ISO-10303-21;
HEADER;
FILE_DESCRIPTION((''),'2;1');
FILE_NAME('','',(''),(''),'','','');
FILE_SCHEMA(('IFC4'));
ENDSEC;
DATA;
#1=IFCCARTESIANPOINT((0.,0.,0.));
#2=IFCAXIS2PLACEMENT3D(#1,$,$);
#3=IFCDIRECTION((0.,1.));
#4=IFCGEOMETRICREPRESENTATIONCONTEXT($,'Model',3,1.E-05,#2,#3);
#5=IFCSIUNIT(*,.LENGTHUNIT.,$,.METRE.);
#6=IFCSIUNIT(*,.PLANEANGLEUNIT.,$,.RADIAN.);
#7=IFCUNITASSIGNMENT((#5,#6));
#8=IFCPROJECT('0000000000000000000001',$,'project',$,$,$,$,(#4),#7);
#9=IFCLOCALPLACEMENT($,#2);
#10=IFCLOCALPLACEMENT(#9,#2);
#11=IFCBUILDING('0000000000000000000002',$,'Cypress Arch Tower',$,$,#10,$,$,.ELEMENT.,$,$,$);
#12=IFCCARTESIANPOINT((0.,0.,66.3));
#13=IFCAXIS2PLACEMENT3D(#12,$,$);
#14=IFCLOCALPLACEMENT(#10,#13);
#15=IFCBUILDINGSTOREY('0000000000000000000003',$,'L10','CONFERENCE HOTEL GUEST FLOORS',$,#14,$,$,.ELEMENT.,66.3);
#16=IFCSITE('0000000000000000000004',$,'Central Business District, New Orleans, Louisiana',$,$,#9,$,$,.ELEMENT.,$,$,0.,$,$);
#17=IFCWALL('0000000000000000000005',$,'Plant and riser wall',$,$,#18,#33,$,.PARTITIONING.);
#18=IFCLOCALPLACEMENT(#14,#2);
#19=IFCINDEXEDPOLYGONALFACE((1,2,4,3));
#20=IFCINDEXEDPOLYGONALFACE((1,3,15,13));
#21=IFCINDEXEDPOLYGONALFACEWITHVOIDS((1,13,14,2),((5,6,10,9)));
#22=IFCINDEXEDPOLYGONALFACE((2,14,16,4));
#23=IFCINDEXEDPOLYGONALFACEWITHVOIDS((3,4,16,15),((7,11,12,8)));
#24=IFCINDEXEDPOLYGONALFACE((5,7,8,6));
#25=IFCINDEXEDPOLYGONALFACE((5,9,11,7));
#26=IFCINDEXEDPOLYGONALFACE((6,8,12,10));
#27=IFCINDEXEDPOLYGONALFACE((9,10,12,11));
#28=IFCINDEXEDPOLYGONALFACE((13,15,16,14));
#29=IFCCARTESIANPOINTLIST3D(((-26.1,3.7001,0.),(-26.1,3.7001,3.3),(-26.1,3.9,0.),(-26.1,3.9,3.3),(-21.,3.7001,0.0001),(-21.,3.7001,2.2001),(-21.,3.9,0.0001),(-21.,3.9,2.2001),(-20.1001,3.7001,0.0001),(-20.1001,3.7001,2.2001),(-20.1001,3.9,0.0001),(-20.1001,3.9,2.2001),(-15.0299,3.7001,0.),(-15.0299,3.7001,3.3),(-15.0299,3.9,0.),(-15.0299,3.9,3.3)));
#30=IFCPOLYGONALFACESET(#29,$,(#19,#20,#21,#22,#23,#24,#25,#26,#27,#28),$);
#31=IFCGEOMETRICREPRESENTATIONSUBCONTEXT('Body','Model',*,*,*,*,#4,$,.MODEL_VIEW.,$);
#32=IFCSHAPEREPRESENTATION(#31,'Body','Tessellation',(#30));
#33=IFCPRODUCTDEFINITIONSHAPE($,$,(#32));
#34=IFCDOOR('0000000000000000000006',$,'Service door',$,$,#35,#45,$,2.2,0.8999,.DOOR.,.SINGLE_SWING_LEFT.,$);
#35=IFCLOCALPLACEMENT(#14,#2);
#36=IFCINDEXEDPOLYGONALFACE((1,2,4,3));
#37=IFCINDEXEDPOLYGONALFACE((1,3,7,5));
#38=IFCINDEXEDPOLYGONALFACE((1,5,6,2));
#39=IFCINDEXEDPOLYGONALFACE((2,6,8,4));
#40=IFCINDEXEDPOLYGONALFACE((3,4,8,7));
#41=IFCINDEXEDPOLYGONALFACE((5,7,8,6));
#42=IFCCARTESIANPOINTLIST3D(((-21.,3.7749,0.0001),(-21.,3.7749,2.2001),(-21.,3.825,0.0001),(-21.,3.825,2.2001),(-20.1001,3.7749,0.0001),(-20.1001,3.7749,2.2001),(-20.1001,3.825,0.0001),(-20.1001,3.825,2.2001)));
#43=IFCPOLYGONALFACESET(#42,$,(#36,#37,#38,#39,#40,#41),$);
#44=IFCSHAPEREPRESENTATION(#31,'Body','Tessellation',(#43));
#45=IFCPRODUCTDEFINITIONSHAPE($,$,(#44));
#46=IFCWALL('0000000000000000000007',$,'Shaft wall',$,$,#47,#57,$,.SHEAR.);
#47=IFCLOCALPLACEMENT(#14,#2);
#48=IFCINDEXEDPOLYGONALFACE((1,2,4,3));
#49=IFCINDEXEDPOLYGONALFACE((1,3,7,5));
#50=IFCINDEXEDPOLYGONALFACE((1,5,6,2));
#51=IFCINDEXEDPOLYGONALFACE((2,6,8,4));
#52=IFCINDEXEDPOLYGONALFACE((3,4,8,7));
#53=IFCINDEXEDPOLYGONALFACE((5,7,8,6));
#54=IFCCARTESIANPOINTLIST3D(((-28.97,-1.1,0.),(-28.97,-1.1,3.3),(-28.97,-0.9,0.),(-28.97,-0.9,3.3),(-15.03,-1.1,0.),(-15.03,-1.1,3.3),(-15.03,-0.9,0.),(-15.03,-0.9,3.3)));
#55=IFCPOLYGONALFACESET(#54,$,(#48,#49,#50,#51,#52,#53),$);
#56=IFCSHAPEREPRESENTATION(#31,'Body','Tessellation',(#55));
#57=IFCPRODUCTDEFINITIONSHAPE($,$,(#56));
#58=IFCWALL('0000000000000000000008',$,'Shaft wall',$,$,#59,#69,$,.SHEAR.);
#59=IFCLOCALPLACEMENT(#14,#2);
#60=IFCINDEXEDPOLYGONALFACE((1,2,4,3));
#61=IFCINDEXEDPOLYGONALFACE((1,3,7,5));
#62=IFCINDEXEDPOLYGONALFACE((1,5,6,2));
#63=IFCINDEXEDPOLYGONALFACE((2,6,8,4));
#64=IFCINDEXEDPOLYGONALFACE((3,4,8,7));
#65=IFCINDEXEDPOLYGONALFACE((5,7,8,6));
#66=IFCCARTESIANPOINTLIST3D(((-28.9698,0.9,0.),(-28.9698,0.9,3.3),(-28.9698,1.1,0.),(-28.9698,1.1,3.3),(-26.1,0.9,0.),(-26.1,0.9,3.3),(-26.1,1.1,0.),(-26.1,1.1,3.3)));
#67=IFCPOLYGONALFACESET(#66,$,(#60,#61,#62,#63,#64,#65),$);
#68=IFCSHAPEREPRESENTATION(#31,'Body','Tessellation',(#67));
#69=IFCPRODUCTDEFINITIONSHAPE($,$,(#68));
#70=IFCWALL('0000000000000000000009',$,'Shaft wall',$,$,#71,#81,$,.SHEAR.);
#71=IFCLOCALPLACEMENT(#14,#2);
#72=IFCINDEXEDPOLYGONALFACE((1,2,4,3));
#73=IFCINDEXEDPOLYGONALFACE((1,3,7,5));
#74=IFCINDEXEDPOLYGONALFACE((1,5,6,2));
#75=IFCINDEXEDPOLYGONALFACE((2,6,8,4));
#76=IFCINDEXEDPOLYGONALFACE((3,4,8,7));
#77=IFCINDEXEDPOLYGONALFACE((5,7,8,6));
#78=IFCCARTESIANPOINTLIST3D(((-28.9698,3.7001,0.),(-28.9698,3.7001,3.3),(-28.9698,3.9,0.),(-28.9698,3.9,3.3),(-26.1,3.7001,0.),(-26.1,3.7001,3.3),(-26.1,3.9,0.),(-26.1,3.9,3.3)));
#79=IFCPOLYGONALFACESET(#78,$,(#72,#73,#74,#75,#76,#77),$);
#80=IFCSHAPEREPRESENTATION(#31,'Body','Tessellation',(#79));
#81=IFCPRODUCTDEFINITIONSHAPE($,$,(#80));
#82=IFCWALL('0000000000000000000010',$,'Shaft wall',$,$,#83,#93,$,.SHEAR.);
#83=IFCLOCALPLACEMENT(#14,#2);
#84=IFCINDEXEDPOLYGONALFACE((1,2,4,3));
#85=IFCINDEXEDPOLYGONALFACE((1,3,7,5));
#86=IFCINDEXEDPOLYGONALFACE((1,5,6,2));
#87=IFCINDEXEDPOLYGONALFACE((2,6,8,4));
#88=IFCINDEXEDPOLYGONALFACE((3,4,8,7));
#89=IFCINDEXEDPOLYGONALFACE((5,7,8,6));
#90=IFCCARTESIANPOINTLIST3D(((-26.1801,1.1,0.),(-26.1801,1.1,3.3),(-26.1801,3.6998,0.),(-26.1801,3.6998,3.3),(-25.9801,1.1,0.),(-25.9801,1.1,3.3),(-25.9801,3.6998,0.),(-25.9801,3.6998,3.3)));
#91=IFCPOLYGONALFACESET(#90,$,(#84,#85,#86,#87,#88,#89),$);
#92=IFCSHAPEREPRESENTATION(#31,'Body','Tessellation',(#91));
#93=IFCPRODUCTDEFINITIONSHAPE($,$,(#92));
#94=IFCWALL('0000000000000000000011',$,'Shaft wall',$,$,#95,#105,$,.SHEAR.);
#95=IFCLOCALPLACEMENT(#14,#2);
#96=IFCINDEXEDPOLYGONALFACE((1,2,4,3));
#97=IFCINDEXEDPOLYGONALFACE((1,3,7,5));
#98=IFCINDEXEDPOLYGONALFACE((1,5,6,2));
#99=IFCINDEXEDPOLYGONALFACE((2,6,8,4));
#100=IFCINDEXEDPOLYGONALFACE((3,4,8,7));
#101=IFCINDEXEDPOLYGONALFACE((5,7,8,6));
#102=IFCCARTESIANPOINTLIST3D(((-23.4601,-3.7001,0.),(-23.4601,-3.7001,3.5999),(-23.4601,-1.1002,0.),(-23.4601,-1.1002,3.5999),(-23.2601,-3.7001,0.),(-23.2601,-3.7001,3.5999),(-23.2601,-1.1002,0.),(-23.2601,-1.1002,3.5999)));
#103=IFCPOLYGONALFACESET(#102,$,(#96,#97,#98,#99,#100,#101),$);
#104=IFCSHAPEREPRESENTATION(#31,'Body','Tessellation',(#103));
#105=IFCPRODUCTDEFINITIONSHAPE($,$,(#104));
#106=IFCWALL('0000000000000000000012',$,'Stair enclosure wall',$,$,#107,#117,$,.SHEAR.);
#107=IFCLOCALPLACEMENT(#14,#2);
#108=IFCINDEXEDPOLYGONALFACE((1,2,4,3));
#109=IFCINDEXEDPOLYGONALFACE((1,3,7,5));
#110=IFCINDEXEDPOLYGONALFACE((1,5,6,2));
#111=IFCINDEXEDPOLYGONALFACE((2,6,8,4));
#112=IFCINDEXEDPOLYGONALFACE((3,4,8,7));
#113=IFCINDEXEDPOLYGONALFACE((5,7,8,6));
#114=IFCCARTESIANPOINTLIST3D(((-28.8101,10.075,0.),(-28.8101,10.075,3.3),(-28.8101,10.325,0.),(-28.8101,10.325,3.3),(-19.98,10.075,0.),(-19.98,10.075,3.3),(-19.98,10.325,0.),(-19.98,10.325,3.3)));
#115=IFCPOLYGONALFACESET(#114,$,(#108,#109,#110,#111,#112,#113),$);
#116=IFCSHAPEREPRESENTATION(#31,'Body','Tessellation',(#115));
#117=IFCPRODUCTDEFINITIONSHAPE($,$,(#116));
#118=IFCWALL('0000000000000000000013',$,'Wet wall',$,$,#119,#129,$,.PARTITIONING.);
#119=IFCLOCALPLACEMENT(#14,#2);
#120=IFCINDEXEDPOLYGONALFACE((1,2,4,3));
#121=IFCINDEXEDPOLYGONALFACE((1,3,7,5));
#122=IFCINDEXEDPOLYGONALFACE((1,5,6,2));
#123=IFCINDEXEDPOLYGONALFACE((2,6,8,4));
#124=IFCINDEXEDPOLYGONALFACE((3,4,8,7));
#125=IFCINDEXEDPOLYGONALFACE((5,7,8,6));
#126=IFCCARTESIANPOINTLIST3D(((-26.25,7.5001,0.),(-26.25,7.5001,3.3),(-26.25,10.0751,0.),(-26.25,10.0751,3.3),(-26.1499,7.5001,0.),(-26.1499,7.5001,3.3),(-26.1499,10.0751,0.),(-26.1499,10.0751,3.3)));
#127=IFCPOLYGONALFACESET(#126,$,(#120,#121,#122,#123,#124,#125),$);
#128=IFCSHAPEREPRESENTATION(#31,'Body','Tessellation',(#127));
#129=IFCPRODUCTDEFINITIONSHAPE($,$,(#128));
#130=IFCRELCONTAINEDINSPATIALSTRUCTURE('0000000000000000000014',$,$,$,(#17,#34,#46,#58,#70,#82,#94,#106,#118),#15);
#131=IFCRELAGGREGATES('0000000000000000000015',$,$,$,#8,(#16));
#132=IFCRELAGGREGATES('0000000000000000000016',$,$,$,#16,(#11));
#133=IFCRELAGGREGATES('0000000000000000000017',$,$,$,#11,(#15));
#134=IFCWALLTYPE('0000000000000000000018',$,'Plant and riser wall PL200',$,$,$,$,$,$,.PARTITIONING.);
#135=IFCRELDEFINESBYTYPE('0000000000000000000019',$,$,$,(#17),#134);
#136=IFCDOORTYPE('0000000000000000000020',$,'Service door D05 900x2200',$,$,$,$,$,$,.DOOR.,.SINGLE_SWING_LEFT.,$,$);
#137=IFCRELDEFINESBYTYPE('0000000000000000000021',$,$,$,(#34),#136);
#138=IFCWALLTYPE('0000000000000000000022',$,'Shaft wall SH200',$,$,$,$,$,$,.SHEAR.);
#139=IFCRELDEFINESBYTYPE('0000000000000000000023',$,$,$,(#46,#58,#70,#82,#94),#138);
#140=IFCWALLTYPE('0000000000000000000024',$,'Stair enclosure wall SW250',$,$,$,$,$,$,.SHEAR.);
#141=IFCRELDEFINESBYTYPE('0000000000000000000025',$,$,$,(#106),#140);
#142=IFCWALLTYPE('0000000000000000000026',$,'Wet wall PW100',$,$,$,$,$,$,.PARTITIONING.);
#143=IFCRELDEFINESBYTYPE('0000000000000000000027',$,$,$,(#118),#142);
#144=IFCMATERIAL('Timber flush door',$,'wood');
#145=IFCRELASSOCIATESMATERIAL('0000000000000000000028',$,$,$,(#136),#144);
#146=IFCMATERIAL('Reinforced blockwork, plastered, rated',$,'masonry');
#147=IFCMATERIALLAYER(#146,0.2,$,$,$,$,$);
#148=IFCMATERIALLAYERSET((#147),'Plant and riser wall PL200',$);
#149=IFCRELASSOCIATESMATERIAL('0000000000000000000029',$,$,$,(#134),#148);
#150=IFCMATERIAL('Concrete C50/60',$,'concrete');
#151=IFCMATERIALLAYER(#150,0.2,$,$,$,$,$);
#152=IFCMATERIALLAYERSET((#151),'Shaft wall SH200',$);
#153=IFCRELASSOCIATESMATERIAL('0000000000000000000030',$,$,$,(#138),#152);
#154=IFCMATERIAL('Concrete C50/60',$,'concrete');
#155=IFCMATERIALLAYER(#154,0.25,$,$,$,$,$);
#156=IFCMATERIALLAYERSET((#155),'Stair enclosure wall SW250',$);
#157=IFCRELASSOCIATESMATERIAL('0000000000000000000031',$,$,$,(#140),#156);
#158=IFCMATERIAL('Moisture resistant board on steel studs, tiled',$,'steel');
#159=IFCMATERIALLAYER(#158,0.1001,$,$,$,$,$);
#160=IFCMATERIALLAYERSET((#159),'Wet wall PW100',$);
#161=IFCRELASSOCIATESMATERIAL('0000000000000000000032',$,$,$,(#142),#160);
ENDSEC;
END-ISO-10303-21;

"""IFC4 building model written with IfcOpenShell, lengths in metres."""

from ifc_helpers import new_model, si_unit, direction, frame, frame_2d, origin, place, context, subcontext, project, spatial, rectangle, extrude, material, layer, layer_set, type_object, element, fill, save


model = new_model("IFC4")

# Units and contexts
model_context = context("Model", 3, precision=1e-05, world=origin(), true_north=direction((0.0, 1.0)))
body_context = subcontext(model_context, "Body", "Model", "MODEL_VIEW")
ifc_project = project(units=[si_unit("LENGTHUNIT", "METRE"), si_unit("PLANEANGLEUNIT", "RADIAN")], contexts=[model_context])

# Site, building, storey
site_placement = place(None, origin())
site = spatial("IfcSite", under=ifc_project, at=site_placement, Name="Central Business District, New Orleans, Louisiana", CompositionType="ELEMENT", RefElevation=0.0)
building_placement = place(site_placement, origin())
building = spatial("IfcBuilding", under=site, at=building_placement, Name="Cypress Arch Tower", CompositionType="ELEMENT")
storey_placement = place(building_placement, frame((0.0, 0.0, 66.3)))
storey = spatial("IfcBuildingStorey", under=building, at=storey_placement, Name="L10", Description="CONFERENCE HOTEL GUEST FLOORS", CompositionType="ELEMENT", Elevation=66.3)

# Shared definitions
ifc_material_1 = material(Name="Timber flush door", Category="wood")
door_type_1 = type_object("IfcDoorType", Name="Service door D05 900x2200", OperationType="SINGLE_SWING_LEFT", PredefinedType="DOOR", material=ifc_material_1)

# Shared definitions
ifc_material_2 = material(Name="Reinforced blockwork, plastered, rated", Category="masonry")
ifc_layer_1 = layer(ifc_material_2, 0.2)
ifc_layer_set_1 = layer_set([ifc_layer_1], Name="Plant and riser wall PL200")
wall_type_1 = type_object("IfcWallType", Name="Plant and riser wall PL200", PredefinedType="PARTITIONING", material=ifc_layer_set_1)

# Wall, opening, door
wall_1_placement = place(storey_placement, frame((-26.1001, 3.8, 0.0), z_axis=(0.0, 0.0, 1.0), x_axis=(1.0, 0.0, 0.0)))
wall_1 = element("IfcWall", 1, at=wall_1_placement, inside=storey, type_object=wall_type_1, Name="Plant and riser wall", PredefinedType="PARTITIONING", context=body_context, shape_type="SweptSolid", body=[
    extrude(rectangle(XDim=11.0701, YDim=0.2, at=frame_2d((5.5352, 0.0))), origin(), (0.0, 0.0, 1.0), 3.3),
])
opening_1_placement = place(wall_1_placement, frame((5.1001, 0.0, 0.0)))
opening_1 = element("IfcOpeningElement", 2, at=opening_1_placement, cuts=wall_1, PredefinedType="OPENING", context=body_context, shape_type="SweptSolid", body=[
    extrude(rectangle(XDim=0.8999, YDim=2.2, at=frame_2d((0.45, 1.1001))), frame((0.0, 0.1099, 0.0), z_axis=(0.0, -1.0, 0.0), x_axis=(1.0, 0.0, 0.0)), (0.0, 0.0, 1.0), 0.22),
])
door_1_placement = place(opening_1_placement, origin())
door_1 = element("IfcDoor", 3, at=door_1_placement, inside=storey, type_object=door_type_1, Name="Service door", OperationType="SINGLE_SWING_LEFT", OverallHeight=2.2, OverallWidth=0.8999, PredefinedType="DOOR", context=body_context, shape_type="SweptSolid", body=[
    extrude(rectangle(XDim=0.8999, YDim=2.2, at=frame_2d((0.45, 1.1001))), frame((0.0, 0.0249, 0.0), z_axis=(0.0, -1.0, 0.0), x_axis=(1.0, 0.0, 0.0)), (0.0, 0.0, 1.0), 0.05),
])
fill(opening_1, door_1)

# Walls
ifc_material_3 = material(Name="Concrete C50/60", Category="concrete")
ifc_layer_2 = layer(ifc_material_3, 0.2)
ifc_layer_set_2 = layer_set([ifc_layer_2], Name="Shaft wall SH200")
wall_type_2 = type_object("IfcWallType", Name="Shaft wall SH200", PredefinedType="SHEAR", material=ifc_layer_set_2)
wall_2_placement = place(storey_placement, frame((-28.97, -1.0, 0.0), z_axis=(0.0, 0.0, 1.0), x_axis=(1.0, 0.0, 0.0)))
element("IfcWall", 4, at=wall_2_placement, inside=storey, type_object=wall_type_2, Name="Shaft wall", PredefinedType="SHEAR", context=body_context, shape_type="SweptSolid", body=[
    extrude(rectangle(XDim=13.9399, YDim=0.2, at=frame_2d((6.97, 0.0))), origin(), (0.0, 0.0, 1.0), 3.3),
])
for number, where, z_axis, x_axis, name in (
    (5, (-28.97, 1.0, 0.0), (0.0, 0.0, 1.0), (1.0, 0.0, 0.0), "Shaft wall"),
    (6, (-28.97, 3.8, 0.0), (0.0, 0.0, 1.0), (1.0, 0.0, 0.0), "Shaft wall"),
):
    element("IfcWall", number, at=place(storey_placement, frame(where, z_axis=z_axis, x_axis=x_axis)), inside=storey, type_object=wall_type_2, Name=name, PredefinedType="SHEAR", context=body_context, shape_type="SweptSolid", body=[
        extrude(rectangle(XDim=2.8699, YDim=0.2, at=frame_2d((1.4351, 0.0))), origin(), (0.0, 0.0, 1.0), 3.3),
    ])
wall_3_placement = place(storey_placement, frame((-26.0801, 1.1001, 0.0), z_axis=(0.0, 0.0, 1.0), x_axis=(0.0, 1.0, 0.0)))
element("IfcWall", 7, at=wall_3_placement, inside=storey, type_object=wall_type_2, Name="Shaft wall", PredefinedType="SHEAR", context=body_context, shape_type="SweptSolid", body=[
    extrude(rectangle(XDim=2.5999, YDim=0.2, at=frame_2d((1.2998, 0.0))), origin(), (0.0, 0.0, 1.0), 3.3),
])
wall_4_placement = place(storey_placement, frame((-23.3601, -3.7, 0.0), z_axis=(0.0, 0.0, 1.0), x_axis=(0.0, 1.0, 0.0)))
element("IfcWall", 8, at=wall_4_placement, inside=storey, type_object=wall_type_2, Name="Shaft wall", PredefinedType="SHEAR", context=body_context, shape_type="SweptSolid", body=[
    extrude(rectangle(XDim=2.5999, YDim=0.2, at=frame_2d((1.2998, 0.0))), origin(), (0.0, 0.0, 1.0), 3.5999),
])
ifc_material_4 = material(Name="Concrete C50/60", Category="concrete")
ifc_layer_3 = layer(ifc_material_4, 0.25)
ifc_layer_set_3 = layer_set([ifc_layer_3], Name="Stair enclosure wall SW250")
wall_type_3 = type_object("IfcWallType", Name="Stair enclosure wall SW250", PredefinedType="SHEAR", material=ifc_layer_set_3)
wall_5_placement = place(storey_placement, frame((-28.8101, 10.2, 0.0), z_axis=(0.0, 0.0, 1.0), x_axis=(1.0, 0.0, 0.0)))
element("IfcWall", 9, at=wall_5_placement, inside=storey, type_object=wall_type_3, Name="Stair enclosure wall", PredefinedType="SHEAR", context=body_context, shape_type="SweptSolid", body=[
    extrude(rectangle(XDim=8.8301, YDim=0.25, at=frame_2d((4.415, 0.0))), origin(), (0.0, 0.0, 1.0), 3.3),
])
ifc_material_5 = material(Name="Moisture resistant board on steel studs, tiled", Category="steel")
ifc_layer_4 = layer(ifc_material_5, 0.1001)
ifc_layer_set_4 = layer_set([ifc_layer_4], Name="Wet wall PW100")
wall_type_4 = type_object("IfcWallType", Name="Wet wall PW100", PredefinedType="PARTITIONING", material=ifc_layer_set_4)
wall_6_placement = place(storey_placement, frame((-26.2, 7.5, 0.0), z_axis=(0.0, 0.0, 1.0), x_axis=(0.0, 1.0, 0.0)))
element("IfcWall", 10, at=wall_6_placement, inside=storey, type_object=wall_type_4, Name="Wet wall", PredefinedType="PARTITIONING", context=body_context, shape_type="SweptSolid", body=[
    extrude(rectangle(XDim=2.575, YDim=0.1001, at=frame_2d((1.2876, 0.0))), origin(), (0.0, 0.0, 1.0), 3.3),
])

save(model, "model.ifc")
